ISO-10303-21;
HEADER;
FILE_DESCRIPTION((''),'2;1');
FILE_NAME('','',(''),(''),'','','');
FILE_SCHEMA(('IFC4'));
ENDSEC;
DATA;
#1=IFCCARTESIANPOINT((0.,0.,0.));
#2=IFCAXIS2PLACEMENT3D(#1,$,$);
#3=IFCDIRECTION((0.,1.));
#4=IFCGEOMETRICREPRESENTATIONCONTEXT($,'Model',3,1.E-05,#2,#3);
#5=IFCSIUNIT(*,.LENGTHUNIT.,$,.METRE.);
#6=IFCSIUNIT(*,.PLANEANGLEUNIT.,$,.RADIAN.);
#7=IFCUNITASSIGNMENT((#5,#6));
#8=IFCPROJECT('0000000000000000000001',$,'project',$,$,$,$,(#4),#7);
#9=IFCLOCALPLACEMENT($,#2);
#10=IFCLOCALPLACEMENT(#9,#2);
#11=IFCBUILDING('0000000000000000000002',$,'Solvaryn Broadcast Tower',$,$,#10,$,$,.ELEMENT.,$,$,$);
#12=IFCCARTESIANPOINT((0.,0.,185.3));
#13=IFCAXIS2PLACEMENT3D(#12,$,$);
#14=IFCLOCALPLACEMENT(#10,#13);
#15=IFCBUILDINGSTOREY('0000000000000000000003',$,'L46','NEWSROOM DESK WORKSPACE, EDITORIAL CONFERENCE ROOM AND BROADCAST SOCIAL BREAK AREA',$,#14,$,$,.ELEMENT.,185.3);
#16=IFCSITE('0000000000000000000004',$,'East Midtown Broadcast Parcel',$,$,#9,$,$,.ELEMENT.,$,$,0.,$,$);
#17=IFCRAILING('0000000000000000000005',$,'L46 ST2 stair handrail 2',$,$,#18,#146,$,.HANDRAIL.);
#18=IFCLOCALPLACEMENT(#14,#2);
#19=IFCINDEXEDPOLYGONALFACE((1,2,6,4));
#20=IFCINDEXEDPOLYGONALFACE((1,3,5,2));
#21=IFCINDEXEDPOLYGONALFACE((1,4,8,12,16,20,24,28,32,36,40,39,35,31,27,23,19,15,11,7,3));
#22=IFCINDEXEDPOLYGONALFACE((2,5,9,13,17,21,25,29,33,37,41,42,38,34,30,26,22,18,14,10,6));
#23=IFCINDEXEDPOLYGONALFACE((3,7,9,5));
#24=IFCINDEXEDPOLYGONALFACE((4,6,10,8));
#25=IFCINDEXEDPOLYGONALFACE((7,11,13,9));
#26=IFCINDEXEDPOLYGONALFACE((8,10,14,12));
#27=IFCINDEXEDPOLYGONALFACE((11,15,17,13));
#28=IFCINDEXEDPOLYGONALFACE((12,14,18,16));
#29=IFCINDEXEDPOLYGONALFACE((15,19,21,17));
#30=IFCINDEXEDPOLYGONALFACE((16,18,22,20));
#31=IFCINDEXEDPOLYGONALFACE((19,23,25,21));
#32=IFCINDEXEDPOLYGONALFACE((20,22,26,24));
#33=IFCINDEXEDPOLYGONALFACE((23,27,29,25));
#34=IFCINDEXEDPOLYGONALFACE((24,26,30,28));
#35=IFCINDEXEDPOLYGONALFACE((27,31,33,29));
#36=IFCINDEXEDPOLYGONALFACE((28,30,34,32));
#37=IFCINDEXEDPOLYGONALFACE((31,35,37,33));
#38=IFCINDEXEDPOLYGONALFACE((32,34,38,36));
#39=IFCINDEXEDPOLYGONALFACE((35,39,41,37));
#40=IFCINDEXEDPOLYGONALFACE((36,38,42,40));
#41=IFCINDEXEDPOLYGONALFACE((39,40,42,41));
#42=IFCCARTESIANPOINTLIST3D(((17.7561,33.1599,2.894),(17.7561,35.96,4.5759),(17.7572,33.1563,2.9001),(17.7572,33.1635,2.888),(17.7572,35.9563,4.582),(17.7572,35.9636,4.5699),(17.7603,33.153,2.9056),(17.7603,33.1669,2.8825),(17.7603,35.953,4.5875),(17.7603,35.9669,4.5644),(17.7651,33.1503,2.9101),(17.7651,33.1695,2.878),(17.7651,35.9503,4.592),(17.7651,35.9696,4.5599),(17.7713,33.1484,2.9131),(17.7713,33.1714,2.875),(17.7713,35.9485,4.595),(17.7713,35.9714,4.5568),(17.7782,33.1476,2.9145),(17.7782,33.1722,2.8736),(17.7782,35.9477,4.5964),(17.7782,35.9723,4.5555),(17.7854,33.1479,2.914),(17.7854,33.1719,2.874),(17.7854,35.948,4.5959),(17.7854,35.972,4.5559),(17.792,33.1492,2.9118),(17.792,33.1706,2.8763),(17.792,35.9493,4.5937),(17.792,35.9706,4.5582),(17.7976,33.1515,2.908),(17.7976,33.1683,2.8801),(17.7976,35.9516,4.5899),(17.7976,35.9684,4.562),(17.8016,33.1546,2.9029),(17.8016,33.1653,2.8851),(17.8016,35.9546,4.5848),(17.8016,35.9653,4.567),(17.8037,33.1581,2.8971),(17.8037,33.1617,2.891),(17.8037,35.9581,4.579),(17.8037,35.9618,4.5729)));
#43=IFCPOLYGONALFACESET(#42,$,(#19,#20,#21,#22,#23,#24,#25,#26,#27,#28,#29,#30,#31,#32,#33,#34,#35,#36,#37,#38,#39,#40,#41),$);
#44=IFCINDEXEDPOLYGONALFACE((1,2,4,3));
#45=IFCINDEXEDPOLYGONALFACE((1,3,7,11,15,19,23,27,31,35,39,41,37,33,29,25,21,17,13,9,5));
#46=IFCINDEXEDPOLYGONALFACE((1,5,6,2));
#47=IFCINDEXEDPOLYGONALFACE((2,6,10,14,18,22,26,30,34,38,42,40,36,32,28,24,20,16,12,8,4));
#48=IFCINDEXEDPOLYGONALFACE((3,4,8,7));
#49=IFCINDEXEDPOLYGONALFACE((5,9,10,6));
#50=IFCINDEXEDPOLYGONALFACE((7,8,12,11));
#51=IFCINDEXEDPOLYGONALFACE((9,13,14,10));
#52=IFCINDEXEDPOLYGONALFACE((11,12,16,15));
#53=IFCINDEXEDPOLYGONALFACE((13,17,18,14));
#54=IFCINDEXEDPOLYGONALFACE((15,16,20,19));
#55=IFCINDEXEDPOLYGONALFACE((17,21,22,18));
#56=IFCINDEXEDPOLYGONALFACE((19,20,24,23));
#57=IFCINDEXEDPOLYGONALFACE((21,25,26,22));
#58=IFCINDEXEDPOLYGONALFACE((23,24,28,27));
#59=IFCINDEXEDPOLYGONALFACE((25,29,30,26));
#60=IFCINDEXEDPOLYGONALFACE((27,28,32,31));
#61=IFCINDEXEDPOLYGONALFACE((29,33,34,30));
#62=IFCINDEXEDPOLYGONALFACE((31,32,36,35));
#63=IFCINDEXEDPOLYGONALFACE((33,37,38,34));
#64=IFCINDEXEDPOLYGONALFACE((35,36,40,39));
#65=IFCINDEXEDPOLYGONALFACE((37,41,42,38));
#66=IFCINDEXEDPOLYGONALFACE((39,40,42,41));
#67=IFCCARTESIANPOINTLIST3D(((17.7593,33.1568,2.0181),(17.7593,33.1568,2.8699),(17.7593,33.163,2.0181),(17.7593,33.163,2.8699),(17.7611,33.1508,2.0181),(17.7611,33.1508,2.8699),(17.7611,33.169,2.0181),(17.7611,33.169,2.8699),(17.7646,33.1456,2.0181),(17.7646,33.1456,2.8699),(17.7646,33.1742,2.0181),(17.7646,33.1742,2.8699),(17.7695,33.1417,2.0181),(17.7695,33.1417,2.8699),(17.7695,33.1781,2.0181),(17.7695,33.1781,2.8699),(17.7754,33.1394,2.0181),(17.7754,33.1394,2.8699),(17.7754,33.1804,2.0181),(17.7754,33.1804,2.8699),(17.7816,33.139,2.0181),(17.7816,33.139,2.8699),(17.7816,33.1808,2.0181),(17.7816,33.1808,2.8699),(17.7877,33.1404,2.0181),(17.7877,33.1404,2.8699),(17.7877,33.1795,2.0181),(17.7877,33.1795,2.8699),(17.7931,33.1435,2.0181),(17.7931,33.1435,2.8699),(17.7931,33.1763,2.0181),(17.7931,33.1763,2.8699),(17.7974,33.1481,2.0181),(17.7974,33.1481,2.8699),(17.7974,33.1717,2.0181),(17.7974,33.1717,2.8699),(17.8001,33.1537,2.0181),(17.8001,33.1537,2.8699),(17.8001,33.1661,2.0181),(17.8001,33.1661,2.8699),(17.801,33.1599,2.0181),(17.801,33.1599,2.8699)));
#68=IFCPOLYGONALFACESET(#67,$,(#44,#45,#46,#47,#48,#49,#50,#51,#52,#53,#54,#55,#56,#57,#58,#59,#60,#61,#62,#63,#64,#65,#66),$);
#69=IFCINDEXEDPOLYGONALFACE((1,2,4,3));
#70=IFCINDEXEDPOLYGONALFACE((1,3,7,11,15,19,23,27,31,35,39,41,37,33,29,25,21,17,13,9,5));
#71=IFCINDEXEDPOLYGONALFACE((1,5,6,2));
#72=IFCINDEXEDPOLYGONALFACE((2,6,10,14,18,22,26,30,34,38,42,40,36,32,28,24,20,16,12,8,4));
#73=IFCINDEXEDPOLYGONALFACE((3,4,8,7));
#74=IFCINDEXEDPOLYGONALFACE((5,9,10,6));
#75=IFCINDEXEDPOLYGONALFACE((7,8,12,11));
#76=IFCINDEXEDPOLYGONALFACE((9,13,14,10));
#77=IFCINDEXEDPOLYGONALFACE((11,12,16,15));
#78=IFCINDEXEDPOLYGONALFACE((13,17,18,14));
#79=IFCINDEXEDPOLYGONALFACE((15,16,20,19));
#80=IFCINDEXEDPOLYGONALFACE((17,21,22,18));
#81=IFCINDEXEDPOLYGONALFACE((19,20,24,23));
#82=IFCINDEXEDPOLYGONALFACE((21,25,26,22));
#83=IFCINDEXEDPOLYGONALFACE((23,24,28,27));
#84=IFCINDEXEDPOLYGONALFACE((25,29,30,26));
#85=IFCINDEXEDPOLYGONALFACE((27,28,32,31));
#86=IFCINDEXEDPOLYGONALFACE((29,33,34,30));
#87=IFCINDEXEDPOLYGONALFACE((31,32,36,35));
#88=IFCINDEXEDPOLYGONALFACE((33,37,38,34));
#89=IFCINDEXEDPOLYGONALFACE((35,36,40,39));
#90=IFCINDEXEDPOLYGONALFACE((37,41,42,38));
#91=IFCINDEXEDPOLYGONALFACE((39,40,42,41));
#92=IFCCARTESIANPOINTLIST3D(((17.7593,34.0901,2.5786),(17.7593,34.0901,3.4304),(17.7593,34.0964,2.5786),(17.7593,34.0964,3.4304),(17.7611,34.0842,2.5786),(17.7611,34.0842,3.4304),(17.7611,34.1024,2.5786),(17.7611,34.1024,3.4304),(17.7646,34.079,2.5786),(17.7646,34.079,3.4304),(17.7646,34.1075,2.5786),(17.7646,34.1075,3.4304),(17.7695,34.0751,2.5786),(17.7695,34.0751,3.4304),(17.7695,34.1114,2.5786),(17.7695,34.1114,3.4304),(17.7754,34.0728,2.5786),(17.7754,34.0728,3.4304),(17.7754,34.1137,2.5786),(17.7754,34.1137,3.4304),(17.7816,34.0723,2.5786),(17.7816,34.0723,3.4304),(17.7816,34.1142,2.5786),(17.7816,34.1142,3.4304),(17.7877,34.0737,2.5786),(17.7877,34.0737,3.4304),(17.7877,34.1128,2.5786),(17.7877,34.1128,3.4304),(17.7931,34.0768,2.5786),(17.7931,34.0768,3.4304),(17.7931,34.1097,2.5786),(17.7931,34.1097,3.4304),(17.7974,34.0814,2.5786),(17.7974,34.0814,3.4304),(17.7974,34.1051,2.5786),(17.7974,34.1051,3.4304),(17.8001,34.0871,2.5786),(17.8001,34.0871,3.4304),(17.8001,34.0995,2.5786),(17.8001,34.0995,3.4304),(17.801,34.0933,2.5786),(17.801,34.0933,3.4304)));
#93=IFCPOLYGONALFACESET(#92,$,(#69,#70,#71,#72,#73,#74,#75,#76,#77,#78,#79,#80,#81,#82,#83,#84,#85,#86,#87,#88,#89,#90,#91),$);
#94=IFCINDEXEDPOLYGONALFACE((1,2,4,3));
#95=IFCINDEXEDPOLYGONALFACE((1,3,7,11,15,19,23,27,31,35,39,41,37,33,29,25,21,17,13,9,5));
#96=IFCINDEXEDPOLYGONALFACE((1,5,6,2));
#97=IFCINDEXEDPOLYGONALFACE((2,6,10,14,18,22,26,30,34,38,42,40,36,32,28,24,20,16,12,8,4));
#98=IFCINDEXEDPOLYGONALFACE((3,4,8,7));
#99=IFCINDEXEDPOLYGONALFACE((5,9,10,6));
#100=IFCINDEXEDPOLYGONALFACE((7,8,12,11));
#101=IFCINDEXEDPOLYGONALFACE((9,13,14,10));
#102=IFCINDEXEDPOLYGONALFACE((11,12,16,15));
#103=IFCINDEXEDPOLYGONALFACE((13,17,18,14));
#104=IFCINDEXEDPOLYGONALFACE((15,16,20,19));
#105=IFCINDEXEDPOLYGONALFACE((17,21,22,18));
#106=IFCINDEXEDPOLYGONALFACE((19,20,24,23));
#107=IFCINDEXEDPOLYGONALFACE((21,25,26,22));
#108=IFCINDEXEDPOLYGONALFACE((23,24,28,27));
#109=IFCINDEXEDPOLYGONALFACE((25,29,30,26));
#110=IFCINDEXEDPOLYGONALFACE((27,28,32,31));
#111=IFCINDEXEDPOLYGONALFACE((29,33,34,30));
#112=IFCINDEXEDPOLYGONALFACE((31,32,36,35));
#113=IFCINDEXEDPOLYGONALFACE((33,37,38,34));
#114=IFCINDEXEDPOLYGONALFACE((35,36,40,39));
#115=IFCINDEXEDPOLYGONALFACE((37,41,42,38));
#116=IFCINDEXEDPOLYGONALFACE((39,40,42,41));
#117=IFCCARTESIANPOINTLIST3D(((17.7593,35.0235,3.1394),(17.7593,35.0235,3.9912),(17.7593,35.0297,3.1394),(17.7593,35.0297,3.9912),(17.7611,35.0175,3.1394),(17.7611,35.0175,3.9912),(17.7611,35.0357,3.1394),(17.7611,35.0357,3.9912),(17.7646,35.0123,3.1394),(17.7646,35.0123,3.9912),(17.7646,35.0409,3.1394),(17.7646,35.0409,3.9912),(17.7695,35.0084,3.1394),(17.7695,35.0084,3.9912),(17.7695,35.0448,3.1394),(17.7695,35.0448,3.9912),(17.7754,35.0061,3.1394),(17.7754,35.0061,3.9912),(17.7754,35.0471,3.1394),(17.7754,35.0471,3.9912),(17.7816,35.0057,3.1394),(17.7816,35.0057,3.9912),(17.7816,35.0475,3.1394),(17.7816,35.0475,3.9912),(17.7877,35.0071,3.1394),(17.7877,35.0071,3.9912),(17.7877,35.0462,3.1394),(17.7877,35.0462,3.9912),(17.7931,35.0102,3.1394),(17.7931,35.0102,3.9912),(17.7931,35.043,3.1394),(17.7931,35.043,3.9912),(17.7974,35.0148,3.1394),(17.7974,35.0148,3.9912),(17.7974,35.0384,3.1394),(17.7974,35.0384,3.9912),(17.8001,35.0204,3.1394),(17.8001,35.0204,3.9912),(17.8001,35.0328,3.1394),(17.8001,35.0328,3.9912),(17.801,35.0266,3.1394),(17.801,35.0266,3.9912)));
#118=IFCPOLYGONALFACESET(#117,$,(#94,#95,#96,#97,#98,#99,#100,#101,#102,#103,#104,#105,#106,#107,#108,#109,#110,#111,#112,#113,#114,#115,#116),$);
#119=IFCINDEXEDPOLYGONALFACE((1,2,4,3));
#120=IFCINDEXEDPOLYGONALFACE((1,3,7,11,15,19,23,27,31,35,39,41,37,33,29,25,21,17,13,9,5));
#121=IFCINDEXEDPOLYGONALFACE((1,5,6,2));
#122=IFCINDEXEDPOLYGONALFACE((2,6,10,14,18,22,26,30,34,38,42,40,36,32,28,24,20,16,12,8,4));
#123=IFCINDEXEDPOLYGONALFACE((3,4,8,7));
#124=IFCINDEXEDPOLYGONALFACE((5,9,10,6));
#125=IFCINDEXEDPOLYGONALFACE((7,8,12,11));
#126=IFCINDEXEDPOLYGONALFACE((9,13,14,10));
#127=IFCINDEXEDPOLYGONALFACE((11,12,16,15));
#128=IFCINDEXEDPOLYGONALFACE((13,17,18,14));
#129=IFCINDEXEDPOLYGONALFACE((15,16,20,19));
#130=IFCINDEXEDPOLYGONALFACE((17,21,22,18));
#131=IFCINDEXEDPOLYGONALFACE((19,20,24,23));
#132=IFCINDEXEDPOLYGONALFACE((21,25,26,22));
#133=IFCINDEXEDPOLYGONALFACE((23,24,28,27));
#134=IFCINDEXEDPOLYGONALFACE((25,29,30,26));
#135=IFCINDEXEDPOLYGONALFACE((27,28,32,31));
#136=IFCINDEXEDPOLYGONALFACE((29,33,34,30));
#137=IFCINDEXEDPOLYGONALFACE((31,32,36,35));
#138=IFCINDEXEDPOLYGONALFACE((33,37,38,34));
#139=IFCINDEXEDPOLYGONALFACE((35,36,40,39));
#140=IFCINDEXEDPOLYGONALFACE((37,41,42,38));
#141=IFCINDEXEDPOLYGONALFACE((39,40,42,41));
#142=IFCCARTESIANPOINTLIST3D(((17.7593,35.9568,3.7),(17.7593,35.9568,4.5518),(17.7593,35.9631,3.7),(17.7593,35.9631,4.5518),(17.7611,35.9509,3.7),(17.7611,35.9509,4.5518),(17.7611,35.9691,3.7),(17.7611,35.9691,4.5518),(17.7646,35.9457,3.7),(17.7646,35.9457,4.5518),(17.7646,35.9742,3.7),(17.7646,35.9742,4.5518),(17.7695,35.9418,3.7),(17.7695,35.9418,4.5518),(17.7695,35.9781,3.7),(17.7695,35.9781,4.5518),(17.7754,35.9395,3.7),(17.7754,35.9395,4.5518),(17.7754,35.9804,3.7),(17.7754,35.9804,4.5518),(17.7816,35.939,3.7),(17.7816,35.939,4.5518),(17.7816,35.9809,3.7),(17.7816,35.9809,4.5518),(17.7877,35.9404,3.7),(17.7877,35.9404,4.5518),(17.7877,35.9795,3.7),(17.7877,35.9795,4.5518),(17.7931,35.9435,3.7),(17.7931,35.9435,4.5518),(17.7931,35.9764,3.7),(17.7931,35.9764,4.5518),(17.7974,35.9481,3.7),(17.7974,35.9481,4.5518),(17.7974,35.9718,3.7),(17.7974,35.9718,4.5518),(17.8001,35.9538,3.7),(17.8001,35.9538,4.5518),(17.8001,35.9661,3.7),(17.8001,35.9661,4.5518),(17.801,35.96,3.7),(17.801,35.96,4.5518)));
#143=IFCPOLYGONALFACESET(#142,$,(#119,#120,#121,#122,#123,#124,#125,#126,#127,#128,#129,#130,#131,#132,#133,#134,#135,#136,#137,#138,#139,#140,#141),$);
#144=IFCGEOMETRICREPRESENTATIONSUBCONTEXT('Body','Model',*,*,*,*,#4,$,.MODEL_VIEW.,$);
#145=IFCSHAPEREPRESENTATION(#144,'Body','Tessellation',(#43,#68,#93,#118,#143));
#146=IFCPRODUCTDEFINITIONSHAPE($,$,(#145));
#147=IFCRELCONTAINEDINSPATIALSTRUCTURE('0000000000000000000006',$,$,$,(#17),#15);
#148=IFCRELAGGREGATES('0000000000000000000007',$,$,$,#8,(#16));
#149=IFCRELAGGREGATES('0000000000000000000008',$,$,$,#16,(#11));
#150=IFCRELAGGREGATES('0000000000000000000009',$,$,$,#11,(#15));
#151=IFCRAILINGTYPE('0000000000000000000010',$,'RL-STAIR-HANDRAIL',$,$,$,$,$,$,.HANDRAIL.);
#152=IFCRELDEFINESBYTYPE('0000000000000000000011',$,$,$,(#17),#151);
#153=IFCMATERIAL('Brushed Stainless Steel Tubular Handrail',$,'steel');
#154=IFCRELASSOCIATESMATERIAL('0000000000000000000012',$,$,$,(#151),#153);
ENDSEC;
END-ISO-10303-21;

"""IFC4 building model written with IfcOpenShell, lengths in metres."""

from ifc_helpers import new_model, si_unit, direction, frame, origin, origin_2d, place, context, subcontext, project, spatial, circle, extrude, material, type_object, element, save


model = new_model("IFC4")

# Units and contexts
model_context = context("Model", 3, precision=1e-05, world=origin(), true_north=direction((0.0, 1.0)))
body_context = subcontext(model_context, "Body", "Model", "MODEL_VIEW")
ifc_project = project(units=[si_unit("LENGTHUNIT", "METRE"), si_unit("PLANEANGLEUNIT", "RADIAN")], contexts=[model_context])

# Site, building, storey
site_placement = place(None, origin())
site = spatial("IfcSite", under=ifc_project, at=site_placement, Name="East Midtown Broadcast Parcel", CompositionType="ELEMENT", RefElevation=0.0)
building_placement = place(site_placement, origin())
building = spatial("IfcBuilding", under=site, at=building_placement, Name="Solvaryn Broadcast Tower", CompositionType="ELEMENT")
storey_placement = place(building_placement, frame((0.0, 0.0, 185.3)))
storey = spatial("IfcBuildingStorey", under=building, at=storey_placement, Name="L46", Description="NEWSROOM DESK WORKSPACE, EDITORIAL CONFERENCE ROOM AND BROADCAST SOCIAL BREAK AREA", CompositionType="ELEMENT", Elevation=185.3)

# Railing
ifc_material_1 = material(Name="Brushed Stainless Steel Tubular Handrail", Category="steel")
railing_type_1 = type_object("IfcRailingType", Name="RL-STAIR-HANDRAIL", PredefinedType="HANDRAIL", material=ifc_material_1)
railing_1_placement = place(storey_placement, frame((17.78, 33.1599, 2.0181)))
element("IfcRailing", 1, at=railing_1_placement, inside=storey, type_object=railing_type_1, Name="L46 ST2 stair handrail 2", PredefinedType="HANDRAIL", context=body_context, shape_type="SweptSolid", body=[
    extrude(circle(Radius=0.0239, at=origin_2d()), frame((0.0, 0.0, 0.876), z_axis=(0.0, 0.857242, 0.514913), x_axis=(-1.0, 0.0, 0.0)), (0.0, 0.0, 1.0), 3.2664),
    extrude(circle(Radius=0.021, at=origin_2d()), origin(), (0.0, 0.0, 1.0), 0.8518),
    extrude(circle(Radius=0.021, at=origin_2d()), frame((0.0, 0.9333, 0.5605)), (0.0, 0.0, 1.0), 0.8518),
    extrude(circle(Radius=0.021, at=origin_2d()), frame((0.0, 1.8667, 1.1213)), (0.0, 0.0, 1.0), 0.8518),
    extrude(circle(Radius=0.021, at=origin_2d()), frame((0.0, 2.8, 1.6819)), (0.0, 0.0, 1.0), 0.8518),
])

save(model, "model.ifc")
